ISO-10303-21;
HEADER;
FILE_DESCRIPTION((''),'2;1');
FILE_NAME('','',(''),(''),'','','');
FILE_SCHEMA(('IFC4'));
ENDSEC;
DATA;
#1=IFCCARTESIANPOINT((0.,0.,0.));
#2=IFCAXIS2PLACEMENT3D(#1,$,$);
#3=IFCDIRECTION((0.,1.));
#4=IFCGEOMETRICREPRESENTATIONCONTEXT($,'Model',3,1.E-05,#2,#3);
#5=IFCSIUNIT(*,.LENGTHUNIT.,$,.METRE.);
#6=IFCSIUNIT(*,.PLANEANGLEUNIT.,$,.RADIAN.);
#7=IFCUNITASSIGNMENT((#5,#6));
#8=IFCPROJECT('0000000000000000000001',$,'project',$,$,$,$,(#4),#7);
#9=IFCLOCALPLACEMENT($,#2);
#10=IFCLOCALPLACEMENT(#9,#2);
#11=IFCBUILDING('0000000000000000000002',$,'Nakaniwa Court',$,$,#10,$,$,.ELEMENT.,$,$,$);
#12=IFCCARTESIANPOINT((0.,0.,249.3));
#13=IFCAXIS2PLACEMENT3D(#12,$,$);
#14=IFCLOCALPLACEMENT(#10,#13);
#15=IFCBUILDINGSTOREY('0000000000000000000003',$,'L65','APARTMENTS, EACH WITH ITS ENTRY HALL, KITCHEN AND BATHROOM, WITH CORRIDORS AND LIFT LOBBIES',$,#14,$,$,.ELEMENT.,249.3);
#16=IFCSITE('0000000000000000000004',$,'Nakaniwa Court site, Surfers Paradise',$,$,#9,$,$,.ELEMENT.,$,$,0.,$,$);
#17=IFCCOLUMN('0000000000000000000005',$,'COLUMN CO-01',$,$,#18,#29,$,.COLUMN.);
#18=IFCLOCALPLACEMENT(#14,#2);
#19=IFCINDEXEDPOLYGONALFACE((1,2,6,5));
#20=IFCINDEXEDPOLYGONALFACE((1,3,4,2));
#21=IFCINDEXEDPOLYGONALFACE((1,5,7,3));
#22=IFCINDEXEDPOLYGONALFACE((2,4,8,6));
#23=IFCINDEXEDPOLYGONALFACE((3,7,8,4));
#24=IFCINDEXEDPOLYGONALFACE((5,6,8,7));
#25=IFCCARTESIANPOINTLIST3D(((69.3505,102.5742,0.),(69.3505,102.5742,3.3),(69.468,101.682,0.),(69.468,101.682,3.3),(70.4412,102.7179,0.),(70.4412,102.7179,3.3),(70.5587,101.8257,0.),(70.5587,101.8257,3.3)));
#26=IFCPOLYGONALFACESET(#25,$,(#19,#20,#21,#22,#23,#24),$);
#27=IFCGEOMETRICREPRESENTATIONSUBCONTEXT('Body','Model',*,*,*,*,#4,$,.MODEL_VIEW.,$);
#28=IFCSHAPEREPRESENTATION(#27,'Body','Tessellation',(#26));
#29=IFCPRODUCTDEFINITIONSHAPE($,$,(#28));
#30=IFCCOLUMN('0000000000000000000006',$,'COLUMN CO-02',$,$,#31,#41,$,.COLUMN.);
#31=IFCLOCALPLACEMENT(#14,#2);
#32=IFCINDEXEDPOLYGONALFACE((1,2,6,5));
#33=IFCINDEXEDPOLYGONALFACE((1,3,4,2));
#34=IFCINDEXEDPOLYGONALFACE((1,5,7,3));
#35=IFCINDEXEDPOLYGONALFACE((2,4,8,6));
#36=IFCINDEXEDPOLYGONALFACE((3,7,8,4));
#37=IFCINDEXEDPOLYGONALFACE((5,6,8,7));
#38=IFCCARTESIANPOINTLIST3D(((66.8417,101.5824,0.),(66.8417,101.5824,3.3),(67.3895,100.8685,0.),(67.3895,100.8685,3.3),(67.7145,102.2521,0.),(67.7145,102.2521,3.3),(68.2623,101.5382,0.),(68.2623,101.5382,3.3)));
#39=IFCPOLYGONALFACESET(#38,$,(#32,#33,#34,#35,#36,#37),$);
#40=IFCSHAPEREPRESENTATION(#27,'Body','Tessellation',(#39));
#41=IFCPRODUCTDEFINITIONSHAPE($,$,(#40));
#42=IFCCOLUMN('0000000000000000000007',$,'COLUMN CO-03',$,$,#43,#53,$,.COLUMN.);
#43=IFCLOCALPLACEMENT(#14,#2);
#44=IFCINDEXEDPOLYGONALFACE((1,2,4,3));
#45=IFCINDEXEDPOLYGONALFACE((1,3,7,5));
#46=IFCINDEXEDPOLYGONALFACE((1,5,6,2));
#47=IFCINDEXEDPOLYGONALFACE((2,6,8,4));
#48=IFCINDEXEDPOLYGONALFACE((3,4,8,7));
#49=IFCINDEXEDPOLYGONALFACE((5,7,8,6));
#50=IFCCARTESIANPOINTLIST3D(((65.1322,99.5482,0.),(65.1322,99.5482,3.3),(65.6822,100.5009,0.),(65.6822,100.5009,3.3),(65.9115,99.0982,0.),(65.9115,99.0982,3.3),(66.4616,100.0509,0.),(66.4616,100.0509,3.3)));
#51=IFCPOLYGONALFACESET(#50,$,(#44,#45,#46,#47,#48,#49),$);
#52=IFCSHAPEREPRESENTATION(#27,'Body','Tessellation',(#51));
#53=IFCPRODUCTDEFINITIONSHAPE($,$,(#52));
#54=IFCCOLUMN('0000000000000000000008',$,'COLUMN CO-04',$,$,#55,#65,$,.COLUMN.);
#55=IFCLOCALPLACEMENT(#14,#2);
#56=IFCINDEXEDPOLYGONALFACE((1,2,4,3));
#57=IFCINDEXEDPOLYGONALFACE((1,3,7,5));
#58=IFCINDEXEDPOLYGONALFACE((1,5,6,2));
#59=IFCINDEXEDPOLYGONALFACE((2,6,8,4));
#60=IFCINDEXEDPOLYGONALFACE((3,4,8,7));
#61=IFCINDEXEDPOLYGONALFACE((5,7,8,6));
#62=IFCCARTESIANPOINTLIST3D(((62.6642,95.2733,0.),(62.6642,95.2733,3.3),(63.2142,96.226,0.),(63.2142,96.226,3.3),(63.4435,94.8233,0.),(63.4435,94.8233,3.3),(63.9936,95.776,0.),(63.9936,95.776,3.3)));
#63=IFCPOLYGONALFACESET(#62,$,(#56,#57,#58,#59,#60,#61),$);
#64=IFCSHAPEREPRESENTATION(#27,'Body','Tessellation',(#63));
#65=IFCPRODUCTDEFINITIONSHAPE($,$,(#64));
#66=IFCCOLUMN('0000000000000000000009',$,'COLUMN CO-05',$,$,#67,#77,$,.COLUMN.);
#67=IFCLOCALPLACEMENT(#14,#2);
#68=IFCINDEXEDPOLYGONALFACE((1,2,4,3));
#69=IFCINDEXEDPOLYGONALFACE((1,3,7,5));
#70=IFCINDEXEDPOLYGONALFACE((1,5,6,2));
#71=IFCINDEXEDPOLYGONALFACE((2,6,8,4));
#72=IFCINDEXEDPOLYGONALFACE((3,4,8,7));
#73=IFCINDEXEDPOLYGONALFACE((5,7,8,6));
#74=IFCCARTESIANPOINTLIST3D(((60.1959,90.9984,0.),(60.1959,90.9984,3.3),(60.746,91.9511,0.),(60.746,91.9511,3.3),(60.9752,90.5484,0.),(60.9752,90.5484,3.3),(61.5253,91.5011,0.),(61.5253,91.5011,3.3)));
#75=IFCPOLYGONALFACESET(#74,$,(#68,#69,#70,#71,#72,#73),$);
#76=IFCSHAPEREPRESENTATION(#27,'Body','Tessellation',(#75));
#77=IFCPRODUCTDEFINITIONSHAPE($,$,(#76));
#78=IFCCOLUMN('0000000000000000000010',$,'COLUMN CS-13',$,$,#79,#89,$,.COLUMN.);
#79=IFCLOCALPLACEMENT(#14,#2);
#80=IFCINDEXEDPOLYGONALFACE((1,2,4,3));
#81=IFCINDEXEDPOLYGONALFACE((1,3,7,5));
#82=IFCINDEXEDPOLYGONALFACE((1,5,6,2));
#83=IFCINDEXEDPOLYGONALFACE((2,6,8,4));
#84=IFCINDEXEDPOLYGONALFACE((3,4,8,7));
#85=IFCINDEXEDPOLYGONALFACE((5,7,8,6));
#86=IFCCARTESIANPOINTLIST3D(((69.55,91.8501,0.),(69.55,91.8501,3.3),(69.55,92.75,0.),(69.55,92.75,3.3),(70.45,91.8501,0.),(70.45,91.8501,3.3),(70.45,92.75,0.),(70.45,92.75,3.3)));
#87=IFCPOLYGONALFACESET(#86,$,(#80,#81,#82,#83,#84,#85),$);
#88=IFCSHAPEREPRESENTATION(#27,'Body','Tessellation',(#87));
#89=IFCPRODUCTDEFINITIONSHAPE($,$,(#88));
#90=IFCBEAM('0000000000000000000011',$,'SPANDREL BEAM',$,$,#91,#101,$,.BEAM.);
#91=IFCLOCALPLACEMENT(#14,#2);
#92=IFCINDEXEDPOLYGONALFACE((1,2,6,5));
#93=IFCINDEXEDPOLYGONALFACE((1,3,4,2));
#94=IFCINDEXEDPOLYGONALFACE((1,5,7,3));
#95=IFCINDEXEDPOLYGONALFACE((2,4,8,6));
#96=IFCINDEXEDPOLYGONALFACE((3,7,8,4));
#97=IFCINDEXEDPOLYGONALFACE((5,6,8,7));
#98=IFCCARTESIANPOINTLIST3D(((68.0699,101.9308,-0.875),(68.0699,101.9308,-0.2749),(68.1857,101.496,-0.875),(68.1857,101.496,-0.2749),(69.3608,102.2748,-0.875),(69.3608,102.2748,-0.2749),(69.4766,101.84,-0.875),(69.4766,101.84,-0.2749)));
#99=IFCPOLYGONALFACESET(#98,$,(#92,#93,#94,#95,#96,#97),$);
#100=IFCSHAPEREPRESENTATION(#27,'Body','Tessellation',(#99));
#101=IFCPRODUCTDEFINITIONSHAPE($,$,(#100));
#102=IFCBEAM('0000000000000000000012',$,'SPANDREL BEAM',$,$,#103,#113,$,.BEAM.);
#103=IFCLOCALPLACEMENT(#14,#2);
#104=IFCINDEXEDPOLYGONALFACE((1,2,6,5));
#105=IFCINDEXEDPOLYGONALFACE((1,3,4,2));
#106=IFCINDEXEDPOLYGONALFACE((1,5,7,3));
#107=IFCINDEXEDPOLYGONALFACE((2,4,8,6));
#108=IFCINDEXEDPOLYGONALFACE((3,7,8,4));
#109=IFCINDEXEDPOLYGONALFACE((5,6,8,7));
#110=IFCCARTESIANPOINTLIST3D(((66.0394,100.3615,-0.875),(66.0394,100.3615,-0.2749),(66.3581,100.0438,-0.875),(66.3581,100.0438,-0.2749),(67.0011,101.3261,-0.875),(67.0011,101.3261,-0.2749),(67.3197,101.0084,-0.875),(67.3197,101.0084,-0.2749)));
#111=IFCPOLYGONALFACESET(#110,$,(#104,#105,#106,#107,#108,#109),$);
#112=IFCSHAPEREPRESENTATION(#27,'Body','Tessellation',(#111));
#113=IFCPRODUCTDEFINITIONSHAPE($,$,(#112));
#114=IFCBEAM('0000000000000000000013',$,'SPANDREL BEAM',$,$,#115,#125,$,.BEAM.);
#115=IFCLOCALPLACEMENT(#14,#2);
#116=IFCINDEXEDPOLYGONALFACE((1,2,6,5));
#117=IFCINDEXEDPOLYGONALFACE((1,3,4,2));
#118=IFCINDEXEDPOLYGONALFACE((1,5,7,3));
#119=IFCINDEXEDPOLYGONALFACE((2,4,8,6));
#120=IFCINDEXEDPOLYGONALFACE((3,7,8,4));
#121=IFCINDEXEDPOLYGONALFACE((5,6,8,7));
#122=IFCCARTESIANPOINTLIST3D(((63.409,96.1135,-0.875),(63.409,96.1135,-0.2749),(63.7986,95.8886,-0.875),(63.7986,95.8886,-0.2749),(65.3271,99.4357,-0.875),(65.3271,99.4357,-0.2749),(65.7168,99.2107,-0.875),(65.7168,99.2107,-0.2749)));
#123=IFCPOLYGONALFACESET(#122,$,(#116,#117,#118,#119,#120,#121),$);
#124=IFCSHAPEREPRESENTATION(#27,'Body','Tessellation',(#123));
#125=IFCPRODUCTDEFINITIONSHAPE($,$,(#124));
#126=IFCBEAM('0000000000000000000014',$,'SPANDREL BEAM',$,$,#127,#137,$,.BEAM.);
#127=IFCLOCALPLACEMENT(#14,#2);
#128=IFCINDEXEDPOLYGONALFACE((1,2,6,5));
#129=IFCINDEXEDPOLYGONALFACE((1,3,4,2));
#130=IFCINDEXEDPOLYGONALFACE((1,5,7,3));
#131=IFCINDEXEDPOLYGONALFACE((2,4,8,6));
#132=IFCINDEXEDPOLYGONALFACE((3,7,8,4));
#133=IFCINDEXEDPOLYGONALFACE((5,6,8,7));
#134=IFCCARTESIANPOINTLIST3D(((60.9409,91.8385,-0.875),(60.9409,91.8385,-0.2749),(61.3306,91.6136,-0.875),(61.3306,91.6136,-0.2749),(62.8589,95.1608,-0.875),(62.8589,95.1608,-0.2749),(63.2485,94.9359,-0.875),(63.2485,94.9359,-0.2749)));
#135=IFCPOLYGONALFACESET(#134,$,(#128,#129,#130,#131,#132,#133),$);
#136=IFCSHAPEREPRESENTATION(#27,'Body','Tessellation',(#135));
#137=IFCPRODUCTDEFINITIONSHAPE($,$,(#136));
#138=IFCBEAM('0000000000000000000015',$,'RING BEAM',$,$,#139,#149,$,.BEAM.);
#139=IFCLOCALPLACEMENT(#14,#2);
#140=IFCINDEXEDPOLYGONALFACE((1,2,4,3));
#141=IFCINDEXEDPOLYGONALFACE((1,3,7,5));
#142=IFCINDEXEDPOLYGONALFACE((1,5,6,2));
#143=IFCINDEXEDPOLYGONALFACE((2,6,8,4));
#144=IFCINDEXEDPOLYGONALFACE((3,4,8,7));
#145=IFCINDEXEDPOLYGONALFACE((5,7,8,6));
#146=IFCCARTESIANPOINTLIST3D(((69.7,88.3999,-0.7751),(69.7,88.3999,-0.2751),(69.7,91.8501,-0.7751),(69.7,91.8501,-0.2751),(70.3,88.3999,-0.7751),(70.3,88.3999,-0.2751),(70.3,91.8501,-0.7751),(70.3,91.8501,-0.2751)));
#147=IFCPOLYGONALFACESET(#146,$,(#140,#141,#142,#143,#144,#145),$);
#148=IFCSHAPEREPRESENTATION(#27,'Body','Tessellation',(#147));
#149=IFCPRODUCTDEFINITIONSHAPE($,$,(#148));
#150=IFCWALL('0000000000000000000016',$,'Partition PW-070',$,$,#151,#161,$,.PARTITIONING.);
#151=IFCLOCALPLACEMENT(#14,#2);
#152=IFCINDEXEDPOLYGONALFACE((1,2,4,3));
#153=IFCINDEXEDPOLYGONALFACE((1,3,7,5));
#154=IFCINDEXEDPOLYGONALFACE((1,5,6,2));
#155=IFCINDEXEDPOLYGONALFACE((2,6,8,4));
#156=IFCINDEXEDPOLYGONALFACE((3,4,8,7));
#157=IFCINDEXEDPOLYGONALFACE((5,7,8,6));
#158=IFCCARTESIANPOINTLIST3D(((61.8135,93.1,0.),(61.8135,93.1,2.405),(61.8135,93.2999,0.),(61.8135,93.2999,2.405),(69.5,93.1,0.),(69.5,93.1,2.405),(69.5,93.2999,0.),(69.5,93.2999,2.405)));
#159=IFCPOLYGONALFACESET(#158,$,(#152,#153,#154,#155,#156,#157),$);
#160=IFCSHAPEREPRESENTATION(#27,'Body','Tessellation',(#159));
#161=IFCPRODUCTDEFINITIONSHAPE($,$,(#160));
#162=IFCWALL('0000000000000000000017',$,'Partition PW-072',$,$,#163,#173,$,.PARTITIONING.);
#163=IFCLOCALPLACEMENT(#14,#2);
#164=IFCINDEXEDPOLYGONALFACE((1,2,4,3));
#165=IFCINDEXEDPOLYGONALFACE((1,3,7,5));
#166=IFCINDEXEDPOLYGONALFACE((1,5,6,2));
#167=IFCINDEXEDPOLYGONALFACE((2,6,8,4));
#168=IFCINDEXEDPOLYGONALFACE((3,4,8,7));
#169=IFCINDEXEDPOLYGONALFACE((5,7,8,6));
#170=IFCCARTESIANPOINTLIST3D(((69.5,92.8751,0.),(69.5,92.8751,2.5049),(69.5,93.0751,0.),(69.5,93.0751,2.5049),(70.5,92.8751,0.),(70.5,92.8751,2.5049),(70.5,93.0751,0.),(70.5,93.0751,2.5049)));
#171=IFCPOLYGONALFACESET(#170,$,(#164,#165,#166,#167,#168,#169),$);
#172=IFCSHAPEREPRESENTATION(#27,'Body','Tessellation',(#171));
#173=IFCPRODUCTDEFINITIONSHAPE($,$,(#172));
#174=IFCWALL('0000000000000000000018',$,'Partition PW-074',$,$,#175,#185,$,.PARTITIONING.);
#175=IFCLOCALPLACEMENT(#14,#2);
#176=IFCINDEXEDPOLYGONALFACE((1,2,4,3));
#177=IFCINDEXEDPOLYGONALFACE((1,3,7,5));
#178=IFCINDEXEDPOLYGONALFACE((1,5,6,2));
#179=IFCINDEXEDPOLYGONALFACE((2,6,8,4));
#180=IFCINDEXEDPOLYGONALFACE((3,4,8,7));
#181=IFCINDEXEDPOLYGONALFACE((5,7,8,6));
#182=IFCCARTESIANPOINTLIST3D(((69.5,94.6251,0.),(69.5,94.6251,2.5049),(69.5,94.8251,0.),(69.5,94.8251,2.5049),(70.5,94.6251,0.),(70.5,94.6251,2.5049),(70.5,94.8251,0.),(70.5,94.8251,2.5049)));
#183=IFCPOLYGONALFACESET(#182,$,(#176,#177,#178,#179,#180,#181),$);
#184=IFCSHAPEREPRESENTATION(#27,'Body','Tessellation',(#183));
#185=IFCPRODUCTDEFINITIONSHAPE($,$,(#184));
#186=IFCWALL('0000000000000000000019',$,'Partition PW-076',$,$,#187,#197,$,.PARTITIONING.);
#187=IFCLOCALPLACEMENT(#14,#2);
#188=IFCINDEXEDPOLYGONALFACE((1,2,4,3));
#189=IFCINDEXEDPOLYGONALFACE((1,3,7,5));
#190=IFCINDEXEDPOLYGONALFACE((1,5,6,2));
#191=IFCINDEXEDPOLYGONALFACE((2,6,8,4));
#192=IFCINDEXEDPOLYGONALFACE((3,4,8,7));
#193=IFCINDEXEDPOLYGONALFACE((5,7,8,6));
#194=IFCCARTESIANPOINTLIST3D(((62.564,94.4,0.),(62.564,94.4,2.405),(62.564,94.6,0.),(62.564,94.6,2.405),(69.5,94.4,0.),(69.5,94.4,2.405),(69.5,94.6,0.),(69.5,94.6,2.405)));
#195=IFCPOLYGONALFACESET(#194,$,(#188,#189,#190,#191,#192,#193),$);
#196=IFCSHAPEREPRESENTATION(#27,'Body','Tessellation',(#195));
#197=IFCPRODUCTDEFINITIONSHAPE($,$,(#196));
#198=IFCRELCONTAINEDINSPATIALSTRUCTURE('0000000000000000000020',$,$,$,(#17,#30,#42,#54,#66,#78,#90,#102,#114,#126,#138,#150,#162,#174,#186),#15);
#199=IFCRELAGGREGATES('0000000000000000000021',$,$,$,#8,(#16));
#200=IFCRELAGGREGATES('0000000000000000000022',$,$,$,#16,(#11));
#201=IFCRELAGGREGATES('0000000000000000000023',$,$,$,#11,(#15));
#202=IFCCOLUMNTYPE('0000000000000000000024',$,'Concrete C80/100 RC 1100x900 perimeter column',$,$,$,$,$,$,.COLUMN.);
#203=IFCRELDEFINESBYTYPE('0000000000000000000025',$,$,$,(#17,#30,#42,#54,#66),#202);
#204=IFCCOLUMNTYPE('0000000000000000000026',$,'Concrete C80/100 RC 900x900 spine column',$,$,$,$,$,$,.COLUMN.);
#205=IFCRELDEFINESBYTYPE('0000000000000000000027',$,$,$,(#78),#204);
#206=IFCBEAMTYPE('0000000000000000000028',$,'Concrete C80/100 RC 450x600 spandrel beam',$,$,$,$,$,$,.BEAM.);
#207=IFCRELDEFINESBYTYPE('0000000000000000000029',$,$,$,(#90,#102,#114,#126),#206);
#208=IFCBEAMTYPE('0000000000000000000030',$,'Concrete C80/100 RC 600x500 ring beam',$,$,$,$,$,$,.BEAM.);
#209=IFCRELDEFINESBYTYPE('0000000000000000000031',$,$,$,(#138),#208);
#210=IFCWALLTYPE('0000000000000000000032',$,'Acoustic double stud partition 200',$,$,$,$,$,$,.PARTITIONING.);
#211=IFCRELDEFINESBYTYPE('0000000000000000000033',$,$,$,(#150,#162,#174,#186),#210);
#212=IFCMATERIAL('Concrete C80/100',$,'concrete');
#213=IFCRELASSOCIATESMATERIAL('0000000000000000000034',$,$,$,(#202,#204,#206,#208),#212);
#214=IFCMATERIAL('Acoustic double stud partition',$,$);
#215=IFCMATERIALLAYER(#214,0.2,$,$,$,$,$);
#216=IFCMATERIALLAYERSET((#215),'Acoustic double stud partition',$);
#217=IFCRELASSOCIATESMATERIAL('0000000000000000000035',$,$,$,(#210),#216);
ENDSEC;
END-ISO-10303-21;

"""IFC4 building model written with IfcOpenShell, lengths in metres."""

from ifc_helpers import new_model, si_unit, direction, frame, frame_2d, origin, origin_2d, place, context, subcontext, project, spatial, rectangle, extrude, material, layer, layer_set, material_profile, profile_set, type_object, element, save


model = new_model("IFC4")

# Units and contexts
model_context = context("Model", 3, precision=1e-05, world=origin(), true_north=direction((0.0, 1.0)))
body_context = subcontext(model_context, "Body", "Model", "MODEL_VIEW")
ifc_project = project(units=[si_unit("LENGTHUNIT", "METRE"), si_unit("PLANEANGLEUNIT", "RADIAN")], contexts=[model_context])

# Site, building, storey
site_placement = place(None, origin())
site = spatial("IfcSite", under=ifc_project, at=site_placement, Name="Nakaniwa Court site, Surfers Paradise", CompositionType="ELEMENT", RefElevation=0.0)
building_placement = place(site_placement, origin())
building = spatial("IfcBuilding", under=site, at=building_placement, Name="Nakaniwa Court", CompositionType="ELEMENT")
storey_placement = place(building_placement, frame((0.0, 0.0, 249.3)))
storey = spatial("IfcBuildingStorey", under=building, at=storey_placement, Name="L65", Description="APARTMENTS, EACH WITH ITS ENTRY HALL, KITCHEN AND BATHROOM, WITH CORRIDORS AND LIFT LOBBIES", CompositionType="ELEMENT", Elevation=249.3)

# Columns
ifc_material_1 = material(Name="Concrete C80/100", Category="concrete")
ifc_material_profile_1 = material_profile(ifc_material_1, rectangle(XDim=1.1001, YDim=0.8999, at=origin_2d()), Name="Concrete C80/100 RC 1100x900 perimeter column")
ifc_profile_set_1 = profile_set([ifc_material_profile_1], Name="Concrete C80/100")
column_type_1 = type_object("IfcColumnType", Name="Concrete C80/100 RC 1100x900 perimeter column", PredefinedType="COLUMN", material=ifc_profile_set_1)
for number, where, z_axis, x_axis, name in (
    (1, (69.9546, 102.2, 0.0), (0.0, 0.0, 1.0), (-0.991443, -0.130543, 0.0), "COLUMN CO-01"),
    (2, (67.552, 101.5603, 0.0), (0.0, 0.0, 1.0), (-0.793364, -0.608748, 0.0), "COLUMN CO-02"),
    (3, (65.7969, 99.7996, 0.0), (0.0, 0.0, 1.0), (-0.5, -0.866025, 0.0), "COLUMN CO-03"),
    (4, (63.3289, 95.5247, 0.0), (0.0, 0.0, 1.0), (-0.5, -0.866025, 0.0), "COLUMN CO-04"),
    (5, (60.8606, 91.2498, 0.0), (0.0, 0.0, 1.0), (-0.5, -0.866025, 0.0), "COLUMN CO-05"),
):
    element("IfcColumn", number, at=place(storey_placement, frame(where, z_axis=z_axis, x_axis=x_axis)), inside=storey, type_object=column_type_1, Name=name, PredefinedType="COLUMN", context=body_context, shape_type="SweptSolid", body=[
        extrude(rectangle(XDim=1.1001, YDim=0.8999, at=origin_2d()), origin(), (0.0, 0.0, 1.0), 3.3),
    ])
ifc_material_profile_2 = material_profile(ifc_material_1, rectangle(XDim=0.8999, YDim=0.8999, at=origin_2d()), Name="Concrete C80/100 RC 900x900 spine column")
ifc_profile_set_2 = profile_set([ifc_material_profile_2], Name="Concrete C80/100")
column_type_2 = type_object("IfcColumnType", Name="Concrete C80/100 RC 900x900 spine column", PredefinedType="COLUMN", material=ifc_profile_set_2)
column_placement = place(storey_placement, frame((70.0, 92.3, 0.0), z_axis=(0.0, 0.0, 1.0), x_axis=(0.0, -1.0, 0.0)))
element("IfcColumn", 6, at=column_placement, inside=storey, type_object=column_type_2, Name="COLUMN CS-13", PredefinedType="COLUMN", context=body_context, shape_type="SweptSolid", body=[
    extrude(rectangle(XDim=0.8999, YDim=0.8999, at=origin_2d()), origin(), (0.0, 0.0, 1.0), 3.3),
])

# Beams
ifc_material_profile_3 = material_profile(ifc_material_1, rectangle(XDim=0.45, YDim=0.6001, at=origin_2d()), Name="Concrete C80/100 RC 450x600 spandrel beam")
ifc_profile_set_3 = profile_set([ifc_material_profile_3], Name="Concrete C80/100")
beam_type_1 = type_object("IfcBeamType", Name="Concrete C80/100 RC 450x600 spandrel beam", PredefinedType="BEAM", material=ifc_profile_set_3)
beam_1_placement = place(storey_placement, frame((69.4187, 102.0574, -0.575), z_axis=(-0.966286, -0.257469, 0.0), x_axis=(0.257469, -0.966286, 0.0)))
element("IfcBeam", 7, at=beam_1_placement, inside=storey, type_object=beam_type_1, Name="SPANDREL BEAM", PredefinedType="BEAM", context=body_context, shape_type="SweptSolid", body=[
    extrude(rectangle(XDim=0.45, YDim=0.6001, at=origin_2d()), origin(), (0.0, 0.0, 1.0), 1.3359),
])
beam_2_placement = place(storey_placement, frame((67.1604, 101.1672, -0.575), z_axis=(-0.706031, -0.708181, 0.0), x_axis=(0.708181, -0.706031, 0.0)))
element("IfcBeam", 8, at=beam_2_placement, inside=storey, type_object=beam_type_1, Name="SPANDREL BEAM", PredefinedType="BEAM", context=body_context, shape_type="SweptSolid", body=[
    extrude(rectangle(XDim=0.45, YDim=0.6001, at=origin_2d()), origin(), (0.0, 0.0, 1.0), 1.3621),
])
for number, where, z_axis, x_axis, name in (
    (9, (65.522, 99.3232, -0.575), (-0.50002, -0.866014, 0.0), (0.866014, -0.50002, 0.0), "SPANDREL BEAM"),
    (10, (63.0537, 95.0483, -0.575), (-0.499972, -0.866041, 0.0), (0.866041, -0.499972, 0.0), "SPANDREL BEAM"),
):
    element("IfcBeam", number, at=place(storey_placement, frame(where, z_axis=z_axis, x_axis=x_axis)), inside=storey, type_object=beam_type_1, Name=name, PredefinedType="BEAM", context=body_context, shape_type="SweptSolid", body=[
        extrude(rectangle(XDim=0.45, YDim=0.6001, at=origin_2d()), origin(), (0.0, 0.0, 1.0), 3.8362),
    ])
ifc_material_profile_4 = material_profile(ifc_material_1, rectangle(XDim=0.6001, YDim=0.5, at=origin_2d()), Name="Concrete C80/100 RC 600x500 ring beam")
ifc_profile_set_4 = profile_set([ifc_material_profile_4], Name="Concrete C80/100")
beam_type_2 = type_object("IfcBeamType", Name="Concrete C80/100 RC 600x500 ring beam", PredefinedType="BEAM", material=ifc_profile_set_4)
beam_3_placement = place(storey_placement, frame((70.0, 91.8501, -0.5251), z_axis=(0.0, -1.0, 0.0), x_axis=(1.0, 0.0, 0.0)))
element("IfcBeam", 11, at=beam_3_placement, inside=storey, type_object=beam_type_2, Name="RING BEAM", PredefinedType="BEAM", context=body_context, shape_type="SweptSolid", body=[
    extrude(rectangle(XDim=0.6001, YDim=0.5, at=origin_2d()), origin(), (0.0, 0.0, 1.0), 3.4502),
])

# Walls
ifc_material_2 = material(Name="Acoustic double stud partition")
ifc_layer_1 = layer(ifc_material_2, 0.2)
ifc_layer_set_1 = layer_set([ifc_layer_1], Name="Acoustic double stud partition")
wall_type_1 = type_object("IfcWallType", Name="Acoustic double stud partition 200", PredefinedType="PARTITIONING", material=ifc_layer_set_1)
wall_1_placement = place(storey_placement, frame((61.8135, 93.2, 0.0), z_axis=(0.0, 0.0, 1.0), x_axis=(1.0, 0.0, 0.0)))
element("IfcWall", 12, at=wall_1_placement, inside=storey, type_object=wall_type_1, Name="Partition PW-070", PredefinedType="PARTITIONING", context=body_context, shape_type="SweptSolid", body=[
    extrude(rectangle(XDim=7.6865, YDim=0.2, at=frame_2d((3.8433, 0.0))), origin(), (0.0, 0.0, 1.0), 2.405),
])
for number, where, z_axis, x_axis, name in (
    (13, (69.5, 92.9751, 0.0), (0.0, 0.0, 1.0), (1.0, 0.0, 0.0), "Partition PW-072"),
    (14, (69.5, 94.7251, 0.0), (0.0, 0.0, 1.0), (1.0, 0.0, 0.0), "Partition PW-074"),
):
    element("IfcWall", number, at=place(storey_placement, frame(where, z_axis=z_axis, x_axis=x_axis)), inside=storey, type_object=wall_type_1, Name=name, PredefinedType="PARTITIONING", context=body_context, shape_type="SweptSolid", body=[
        extrude(rectangle(XDim=1.0, YDim=0.2, at=frame_2d((0.5, 0.0))), origin(), (0.0, 0.0, 1.0), 2.5049),
    ])
wall_2_placement = place(storey_placement, frame((62.564, 94.5, 0.0), z_axis=(0.0, 0.0, 1.0), x_axis=(1.0, 0.0, 0.0)))
element("IfcWall", 15, at=wall_2_placement, inside=storey, type_object=wall_type_1, Name="Partition PW-076", PredefinedType="PARTITIONING", context=body_context, shape_type="SweptSolid", body=[
    extrude(rectangle(XDim=6.936, YDim=0.2, at=frame_2d((3.468, 0.0))), origin(), (0.0, 0.0, 1.0), 2.405),
])

save(model, "model.ifc")
